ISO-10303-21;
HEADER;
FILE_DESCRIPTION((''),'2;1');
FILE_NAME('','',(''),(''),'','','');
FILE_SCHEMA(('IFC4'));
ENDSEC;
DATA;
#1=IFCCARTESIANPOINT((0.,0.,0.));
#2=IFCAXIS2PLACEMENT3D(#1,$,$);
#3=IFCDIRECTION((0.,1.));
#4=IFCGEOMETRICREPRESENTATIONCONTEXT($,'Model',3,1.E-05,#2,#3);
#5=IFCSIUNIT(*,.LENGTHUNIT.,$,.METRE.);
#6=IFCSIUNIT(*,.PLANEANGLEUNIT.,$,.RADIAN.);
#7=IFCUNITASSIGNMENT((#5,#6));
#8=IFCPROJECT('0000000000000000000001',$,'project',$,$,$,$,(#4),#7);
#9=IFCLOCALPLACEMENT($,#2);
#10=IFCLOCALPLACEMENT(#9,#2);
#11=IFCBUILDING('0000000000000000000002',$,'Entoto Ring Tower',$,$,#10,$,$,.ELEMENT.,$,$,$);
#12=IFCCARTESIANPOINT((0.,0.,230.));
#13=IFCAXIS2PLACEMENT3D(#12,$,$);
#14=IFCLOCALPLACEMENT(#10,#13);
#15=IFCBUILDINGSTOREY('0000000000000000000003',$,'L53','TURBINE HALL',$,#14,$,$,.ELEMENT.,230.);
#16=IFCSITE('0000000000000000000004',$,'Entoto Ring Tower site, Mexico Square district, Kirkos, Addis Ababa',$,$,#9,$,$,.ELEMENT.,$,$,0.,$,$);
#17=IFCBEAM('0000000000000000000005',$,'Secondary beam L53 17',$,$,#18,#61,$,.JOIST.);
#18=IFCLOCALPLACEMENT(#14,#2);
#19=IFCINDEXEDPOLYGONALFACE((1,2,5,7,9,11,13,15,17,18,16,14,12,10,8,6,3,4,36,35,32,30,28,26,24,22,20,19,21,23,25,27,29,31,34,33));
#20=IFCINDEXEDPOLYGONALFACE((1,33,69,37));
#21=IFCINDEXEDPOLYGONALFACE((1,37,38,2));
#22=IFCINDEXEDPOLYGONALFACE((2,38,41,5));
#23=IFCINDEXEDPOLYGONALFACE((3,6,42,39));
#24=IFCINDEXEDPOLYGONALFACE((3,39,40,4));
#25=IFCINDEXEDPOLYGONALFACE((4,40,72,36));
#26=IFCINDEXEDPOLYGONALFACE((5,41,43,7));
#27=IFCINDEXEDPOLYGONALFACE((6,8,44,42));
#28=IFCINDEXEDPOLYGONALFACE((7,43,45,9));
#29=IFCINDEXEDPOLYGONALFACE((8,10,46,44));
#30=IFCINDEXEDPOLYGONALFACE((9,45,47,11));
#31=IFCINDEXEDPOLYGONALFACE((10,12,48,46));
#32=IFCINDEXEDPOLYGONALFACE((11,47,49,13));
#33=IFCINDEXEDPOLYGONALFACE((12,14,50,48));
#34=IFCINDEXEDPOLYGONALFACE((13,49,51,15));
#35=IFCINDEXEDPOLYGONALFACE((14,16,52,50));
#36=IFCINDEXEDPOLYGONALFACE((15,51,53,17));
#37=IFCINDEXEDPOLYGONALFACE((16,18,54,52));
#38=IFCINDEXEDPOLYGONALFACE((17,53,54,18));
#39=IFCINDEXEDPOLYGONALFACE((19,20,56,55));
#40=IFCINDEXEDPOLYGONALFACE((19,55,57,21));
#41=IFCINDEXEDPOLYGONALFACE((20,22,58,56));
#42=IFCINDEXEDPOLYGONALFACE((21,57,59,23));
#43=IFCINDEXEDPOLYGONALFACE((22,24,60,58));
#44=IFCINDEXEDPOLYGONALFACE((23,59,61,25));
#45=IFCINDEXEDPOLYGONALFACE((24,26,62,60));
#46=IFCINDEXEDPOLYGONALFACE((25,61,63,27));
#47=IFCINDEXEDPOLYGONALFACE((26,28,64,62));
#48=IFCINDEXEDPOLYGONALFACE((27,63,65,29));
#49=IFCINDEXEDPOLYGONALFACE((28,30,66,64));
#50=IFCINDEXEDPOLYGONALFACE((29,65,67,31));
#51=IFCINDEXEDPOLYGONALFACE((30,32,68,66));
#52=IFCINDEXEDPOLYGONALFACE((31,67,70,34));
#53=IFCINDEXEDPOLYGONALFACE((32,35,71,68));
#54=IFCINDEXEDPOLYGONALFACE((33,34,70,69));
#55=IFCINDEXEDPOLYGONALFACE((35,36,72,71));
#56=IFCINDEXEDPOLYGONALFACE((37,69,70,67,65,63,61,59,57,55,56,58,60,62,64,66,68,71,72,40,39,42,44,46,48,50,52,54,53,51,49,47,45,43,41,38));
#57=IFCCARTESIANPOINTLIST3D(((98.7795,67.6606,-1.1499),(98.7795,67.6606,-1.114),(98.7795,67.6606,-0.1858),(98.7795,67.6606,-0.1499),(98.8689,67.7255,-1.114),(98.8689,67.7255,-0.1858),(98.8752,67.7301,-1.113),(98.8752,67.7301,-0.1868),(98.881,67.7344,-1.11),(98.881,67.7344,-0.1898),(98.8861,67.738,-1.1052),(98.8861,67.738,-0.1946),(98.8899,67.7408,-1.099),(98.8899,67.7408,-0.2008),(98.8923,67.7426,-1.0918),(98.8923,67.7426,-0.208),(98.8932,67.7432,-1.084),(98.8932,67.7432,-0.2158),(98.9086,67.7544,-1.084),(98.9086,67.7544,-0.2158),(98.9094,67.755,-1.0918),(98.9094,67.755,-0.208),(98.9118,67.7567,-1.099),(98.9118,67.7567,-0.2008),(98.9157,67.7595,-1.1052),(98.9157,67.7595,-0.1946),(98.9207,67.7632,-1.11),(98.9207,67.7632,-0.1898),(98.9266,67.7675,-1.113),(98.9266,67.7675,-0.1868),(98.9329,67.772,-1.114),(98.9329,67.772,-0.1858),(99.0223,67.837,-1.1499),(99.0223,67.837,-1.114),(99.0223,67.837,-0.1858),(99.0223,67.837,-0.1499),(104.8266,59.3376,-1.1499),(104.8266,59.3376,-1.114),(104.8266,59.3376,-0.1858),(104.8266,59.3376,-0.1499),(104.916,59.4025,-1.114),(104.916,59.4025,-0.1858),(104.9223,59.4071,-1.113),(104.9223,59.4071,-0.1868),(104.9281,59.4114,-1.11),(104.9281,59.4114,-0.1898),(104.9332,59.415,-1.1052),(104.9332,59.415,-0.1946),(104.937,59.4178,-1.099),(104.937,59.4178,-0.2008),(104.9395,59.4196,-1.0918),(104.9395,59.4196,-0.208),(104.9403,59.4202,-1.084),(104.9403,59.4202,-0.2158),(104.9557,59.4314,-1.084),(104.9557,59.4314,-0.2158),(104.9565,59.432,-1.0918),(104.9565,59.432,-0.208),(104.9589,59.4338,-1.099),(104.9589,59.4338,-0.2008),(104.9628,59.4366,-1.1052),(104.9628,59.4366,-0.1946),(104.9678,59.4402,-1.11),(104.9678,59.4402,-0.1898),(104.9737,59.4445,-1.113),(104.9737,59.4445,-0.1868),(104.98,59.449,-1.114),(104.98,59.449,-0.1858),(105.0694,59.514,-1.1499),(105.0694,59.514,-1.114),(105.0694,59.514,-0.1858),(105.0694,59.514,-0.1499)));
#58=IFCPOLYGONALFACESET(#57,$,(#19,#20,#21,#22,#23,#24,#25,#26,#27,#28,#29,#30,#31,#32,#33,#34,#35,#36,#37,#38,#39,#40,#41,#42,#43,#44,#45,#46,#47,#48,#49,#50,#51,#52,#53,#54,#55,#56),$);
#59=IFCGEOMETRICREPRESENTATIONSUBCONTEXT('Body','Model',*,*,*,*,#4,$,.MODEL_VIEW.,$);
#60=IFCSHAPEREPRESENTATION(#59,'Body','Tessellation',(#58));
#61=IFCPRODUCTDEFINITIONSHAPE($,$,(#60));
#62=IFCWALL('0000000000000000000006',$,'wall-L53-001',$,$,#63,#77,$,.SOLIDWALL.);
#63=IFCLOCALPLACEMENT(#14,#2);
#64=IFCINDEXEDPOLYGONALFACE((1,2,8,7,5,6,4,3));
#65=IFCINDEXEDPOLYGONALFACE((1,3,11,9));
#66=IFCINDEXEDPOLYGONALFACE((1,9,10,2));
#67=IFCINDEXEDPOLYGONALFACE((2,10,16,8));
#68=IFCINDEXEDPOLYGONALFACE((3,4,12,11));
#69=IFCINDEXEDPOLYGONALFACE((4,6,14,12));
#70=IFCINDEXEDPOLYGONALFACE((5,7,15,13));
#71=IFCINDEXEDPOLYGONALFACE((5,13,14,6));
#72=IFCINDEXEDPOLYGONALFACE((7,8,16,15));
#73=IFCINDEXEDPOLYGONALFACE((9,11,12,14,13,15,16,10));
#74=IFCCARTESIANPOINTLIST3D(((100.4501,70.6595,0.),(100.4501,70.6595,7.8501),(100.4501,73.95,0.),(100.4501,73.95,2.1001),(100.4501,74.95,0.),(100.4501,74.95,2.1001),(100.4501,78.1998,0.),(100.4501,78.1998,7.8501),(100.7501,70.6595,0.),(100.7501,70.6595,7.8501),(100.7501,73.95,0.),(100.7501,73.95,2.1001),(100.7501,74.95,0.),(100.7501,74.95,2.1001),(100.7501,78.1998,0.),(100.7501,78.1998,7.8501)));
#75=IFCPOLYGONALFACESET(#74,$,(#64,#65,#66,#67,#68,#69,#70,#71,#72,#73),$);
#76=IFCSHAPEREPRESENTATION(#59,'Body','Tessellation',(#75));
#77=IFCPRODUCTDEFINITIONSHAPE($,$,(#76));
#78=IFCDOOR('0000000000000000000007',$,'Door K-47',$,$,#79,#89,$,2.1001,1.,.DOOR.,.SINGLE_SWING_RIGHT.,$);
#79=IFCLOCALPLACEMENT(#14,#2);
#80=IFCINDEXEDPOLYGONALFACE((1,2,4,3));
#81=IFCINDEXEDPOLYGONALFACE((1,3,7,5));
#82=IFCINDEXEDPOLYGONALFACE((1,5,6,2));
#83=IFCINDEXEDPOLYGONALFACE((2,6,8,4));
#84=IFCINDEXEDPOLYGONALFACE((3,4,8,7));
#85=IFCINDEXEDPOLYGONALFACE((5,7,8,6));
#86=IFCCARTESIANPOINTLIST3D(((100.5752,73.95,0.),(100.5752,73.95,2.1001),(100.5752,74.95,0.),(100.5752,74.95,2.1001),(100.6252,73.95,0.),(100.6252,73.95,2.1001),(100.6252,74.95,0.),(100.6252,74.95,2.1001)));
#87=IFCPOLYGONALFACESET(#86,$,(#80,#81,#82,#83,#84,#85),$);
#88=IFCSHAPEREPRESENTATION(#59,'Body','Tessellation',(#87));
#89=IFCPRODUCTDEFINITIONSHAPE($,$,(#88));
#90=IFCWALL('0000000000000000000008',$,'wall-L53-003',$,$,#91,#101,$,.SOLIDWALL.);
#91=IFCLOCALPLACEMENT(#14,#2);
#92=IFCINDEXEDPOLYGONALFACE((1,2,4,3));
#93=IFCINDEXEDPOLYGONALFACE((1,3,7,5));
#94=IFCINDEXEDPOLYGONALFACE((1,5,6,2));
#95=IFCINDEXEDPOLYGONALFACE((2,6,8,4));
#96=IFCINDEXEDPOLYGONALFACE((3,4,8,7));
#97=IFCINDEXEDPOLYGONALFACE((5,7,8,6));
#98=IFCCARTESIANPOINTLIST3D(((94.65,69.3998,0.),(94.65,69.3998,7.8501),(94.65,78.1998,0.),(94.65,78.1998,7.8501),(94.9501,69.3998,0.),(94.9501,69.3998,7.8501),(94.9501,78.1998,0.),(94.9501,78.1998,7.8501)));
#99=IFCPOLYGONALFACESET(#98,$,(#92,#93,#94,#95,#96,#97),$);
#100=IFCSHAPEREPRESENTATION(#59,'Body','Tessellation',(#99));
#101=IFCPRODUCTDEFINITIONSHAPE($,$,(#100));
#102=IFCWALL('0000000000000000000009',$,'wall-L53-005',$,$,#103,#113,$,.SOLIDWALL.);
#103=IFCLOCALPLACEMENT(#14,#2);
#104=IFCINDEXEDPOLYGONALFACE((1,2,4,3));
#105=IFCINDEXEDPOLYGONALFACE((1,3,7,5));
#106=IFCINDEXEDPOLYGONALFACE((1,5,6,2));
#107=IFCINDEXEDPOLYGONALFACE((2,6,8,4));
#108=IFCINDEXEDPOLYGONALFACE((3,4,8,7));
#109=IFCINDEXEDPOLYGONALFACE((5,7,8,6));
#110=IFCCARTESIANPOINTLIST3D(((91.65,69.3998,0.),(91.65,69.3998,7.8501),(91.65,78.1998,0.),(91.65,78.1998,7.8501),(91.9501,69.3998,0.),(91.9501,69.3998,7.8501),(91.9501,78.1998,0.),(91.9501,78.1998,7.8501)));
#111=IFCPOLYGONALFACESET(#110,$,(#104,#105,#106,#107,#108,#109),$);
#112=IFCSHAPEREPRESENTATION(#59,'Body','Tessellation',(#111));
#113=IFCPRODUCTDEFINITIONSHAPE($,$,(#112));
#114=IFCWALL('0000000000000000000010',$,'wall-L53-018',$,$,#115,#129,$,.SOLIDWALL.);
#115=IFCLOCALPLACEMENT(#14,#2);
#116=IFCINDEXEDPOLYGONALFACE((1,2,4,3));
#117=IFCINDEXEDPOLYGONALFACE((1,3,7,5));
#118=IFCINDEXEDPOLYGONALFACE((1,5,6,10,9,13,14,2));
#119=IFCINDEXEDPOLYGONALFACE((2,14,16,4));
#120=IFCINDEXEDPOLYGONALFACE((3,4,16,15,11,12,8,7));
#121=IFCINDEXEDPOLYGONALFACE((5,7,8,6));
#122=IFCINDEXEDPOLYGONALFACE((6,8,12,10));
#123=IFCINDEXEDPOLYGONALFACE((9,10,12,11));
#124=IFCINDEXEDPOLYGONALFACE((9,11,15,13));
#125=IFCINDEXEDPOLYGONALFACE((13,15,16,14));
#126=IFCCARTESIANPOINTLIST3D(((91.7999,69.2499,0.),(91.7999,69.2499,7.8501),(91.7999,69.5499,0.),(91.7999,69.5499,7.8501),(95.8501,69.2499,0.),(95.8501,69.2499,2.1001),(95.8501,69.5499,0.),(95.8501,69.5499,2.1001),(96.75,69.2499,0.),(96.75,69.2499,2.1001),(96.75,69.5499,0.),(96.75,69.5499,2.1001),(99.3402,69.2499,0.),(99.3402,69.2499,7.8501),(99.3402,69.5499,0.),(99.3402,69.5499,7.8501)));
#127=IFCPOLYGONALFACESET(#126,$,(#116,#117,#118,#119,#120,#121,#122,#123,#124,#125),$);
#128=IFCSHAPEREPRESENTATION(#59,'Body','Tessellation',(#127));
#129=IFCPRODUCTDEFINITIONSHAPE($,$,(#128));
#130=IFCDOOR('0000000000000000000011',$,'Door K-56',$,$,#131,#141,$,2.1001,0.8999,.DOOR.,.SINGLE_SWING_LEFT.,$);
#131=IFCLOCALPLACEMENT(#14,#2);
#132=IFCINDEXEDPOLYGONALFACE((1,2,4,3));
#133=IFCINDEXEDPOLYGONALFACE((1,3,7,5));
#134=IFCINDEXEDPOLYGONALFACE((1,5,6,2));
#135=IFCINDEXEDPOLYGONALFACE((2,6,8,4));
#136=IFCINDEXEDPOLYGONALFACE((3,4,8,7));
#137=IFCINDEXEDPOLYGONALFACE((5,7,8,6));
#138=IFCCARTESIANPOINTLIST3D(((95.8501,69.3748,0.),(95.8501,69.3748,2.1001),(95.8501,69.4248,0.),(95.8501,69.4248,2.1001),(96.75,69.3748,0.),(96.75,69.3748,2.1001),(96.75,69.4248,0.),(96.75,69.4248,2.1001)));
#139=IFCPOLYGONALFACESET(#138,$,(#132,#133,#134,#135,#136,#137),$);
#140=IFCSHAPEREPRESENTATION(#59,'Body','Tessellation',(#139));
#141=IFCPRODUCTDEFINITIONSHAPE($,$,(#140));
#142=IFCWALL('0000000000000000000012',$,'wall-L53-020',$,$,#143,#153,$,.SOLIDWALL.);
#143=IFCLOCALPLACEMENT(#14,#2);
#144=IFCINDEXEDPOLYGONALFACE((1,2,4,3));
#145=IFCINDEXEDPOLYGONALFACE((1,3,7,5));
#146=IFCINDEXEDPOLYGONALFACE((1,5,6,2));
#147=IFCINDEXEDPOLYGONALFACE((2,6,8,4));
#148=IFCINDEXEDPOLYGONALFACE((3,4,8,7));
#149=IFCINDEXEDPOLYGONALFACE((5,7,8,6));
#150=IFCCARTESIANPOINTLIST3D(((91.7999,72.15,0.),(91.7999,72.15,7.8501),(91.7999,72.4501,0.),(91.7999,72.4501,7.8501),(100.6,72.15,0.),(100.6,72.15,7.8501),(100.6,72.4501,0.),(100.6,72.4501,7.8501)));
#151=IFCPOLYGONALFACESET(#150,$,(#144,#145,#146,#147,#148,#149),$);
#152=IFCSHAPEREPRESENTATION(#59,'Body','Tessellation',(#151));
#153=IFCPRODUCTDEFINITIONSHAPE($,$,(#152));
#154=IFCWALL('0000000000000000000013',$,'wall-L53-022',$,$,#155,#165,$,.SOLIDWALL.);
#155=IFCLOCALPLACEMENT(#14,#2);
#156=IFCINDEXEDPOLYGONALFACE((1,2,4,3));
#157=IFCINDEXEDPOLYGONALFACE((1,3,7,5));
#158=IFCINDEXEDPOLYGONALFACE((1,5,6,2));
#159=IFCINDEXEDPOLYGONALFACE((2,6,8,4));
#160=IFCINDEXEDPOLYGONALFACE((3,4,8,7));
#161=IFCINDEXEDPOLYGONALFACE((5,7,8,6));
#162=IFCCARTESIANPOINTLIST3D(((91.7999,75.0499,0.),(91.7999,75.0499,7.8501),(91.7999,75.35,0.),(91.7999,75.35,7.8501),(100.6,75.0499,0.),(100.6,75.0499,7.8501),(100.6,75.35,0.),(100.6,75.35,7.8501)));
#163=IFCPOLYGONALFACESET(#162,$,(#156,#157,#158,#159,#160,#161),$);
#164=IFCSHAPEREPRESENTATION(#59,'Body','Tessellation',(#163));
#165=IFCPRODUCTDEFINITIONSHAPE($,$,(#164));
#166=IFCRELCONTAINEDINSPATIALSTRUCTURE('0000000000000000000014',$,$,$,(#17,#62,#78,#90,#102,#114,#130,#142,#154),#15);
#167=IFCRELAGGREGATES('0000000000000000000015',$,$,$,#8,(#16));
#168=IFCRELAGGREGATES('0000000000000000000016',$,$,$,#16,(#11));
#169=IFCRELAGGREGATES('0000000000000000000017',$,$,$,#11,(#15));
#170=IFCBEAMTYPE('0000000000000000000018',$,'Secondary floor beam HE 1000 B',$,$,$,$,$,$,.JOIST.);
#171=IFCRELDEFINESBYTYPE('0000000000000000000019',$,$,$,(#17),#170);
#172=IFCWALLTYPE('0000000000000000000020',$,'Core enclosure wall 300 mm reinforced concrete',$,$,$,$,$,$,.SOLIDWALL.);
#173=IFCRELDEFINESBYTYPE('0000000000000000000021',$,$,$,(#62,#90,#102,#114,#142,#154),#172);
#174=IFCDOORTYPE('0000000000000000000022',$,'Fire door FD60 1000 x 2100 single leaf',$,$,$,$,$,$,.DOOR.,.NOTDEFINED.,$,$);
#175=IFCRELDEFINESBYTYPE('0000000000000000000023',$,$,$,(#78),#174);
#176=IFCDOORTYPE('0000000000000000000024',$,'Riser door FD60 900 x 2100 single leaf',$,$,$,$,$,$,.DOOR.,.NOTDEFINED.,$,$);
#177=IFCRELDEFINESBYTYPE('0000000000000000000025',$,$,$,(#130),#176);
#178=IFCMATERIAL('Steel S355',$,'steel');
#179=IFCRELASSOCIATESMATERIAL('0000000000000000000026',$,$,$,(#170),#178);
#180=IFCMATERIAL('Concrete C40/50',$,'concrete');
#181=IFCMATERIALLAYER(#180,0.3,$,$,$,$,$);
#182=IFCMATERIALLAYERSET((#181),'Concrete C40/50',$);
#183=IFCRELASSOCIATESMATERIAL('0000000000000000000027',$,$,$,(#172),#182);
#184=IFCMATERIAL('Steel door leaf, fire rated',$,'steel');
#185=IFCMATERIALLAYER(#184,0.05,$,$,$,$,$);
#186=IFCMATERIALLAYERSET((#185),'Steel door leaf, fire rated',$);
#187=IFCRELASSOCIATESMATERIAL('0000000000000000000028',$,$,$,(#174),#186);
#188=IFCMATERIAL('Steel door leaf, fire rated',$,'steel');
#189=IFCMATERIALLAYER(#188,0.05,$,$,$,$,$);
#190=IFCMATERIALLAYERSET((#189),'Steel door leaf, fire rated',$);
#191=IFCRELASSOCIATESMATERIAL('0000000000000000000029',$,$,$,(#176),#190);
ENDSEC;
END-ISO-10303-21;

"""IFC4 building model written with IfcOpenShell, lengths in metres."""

from ifc_helpers import new_model, si_unit, direction, frame, frame_2d, origin, origin_2d, place, context, subcontext, project, spatial, rectangle, i_section, extrude, material, layer, layer_set, material_profile, profile_set, type_object, element, fill, save


model = new_model("IFC4")

# Units and contexts
model_context = context("Model", 3, precision=1e-05, world=origin(), true_north=direction((0.0, 1.0)))
body_context = subcontext(model_context, "Body", "Model", "MODEL_VIEW")
ifc_project = project(units=[si_unit("LENGTHUNIT", "METRE"), si_unit("PLANEANGLEUNIT", "RADIAN")], contexts=[model_context])

# Site, building, storey
site_placement = place(None, origin())
site = spatial("IfcSite", under=ifc_project, at=site_placement, Name="Entoto Ring Tower site, Mexico Square district, Kirkos, Addis Ababa", CompositionType="ELEMENT", RefElevation=0.0)
building_placement = place(site_placement, origin())
building = spatial("IfcBuilding", under=site, at=building_placement, Name="Entoto Ring Tower", CompositionType="ELEMENT")
storey_placement = place(building_placement, frame((0.0, 0.0, 230.0)))
storey = spatial("IfcBuildingStorey", under=building, at=storey_placement, Name="L53", Description="TURBINE HALL", CompositionType="ELEMENT", Elevation=230.0)

# Beam
ifc_material_1 = material(Name="Steel S355", Category="steel")
ifc_material_profile_1 = material_profile(ifc_material_1, i_section(OverallWidth=0.3, OverallDepth=1.0, WebThickness=0.019, FlangeThickness=0.0359, FilletRadius=0.03, at=origin_2d()), Name="HE 1000 B")
ifc_profile_set_1 = profile_set([ifc_material_profile_1], Name="Steel S355")
beam_type_1 = type_object("IfcBeamType", Name="Secondary floor beam HE 1000 B", PredefinedType="JOIST", material=ifc_profile_set_1)
beam_1_placement = place(storey_placement, frame((98.9009, 67.7488, -0.6499), z_axis=(0.587792, -0.809012, 0.0), x_axis=(0.809012, 0.587792, 0.0)))
element("IfcBeam", 1, at=beam_1_placement, inside=storey, type_object=beam_type_1, Name="Secondary beam L53 17", PredefinedType="JOIST", context=body_context, shape_type="SweptSolid", body=[
    extrude(i_section(OverallWidth=0.3, OverallDepth=1.0, WebThickness=0.019, FlangeThickness=0.0359, FilletRadius=0.03, at=origin_2d()), origin(), (0.0, 0.0, 1.0), 10.2878),
])

# Wall, opening, door
ifc_material_2 = material(Name="Concrete C40/50", Category="concrete")
ifc_layer_1 = layer(ifc_material_2, 0.3)
ifc_layer_set_1 = layer_set([ifc_layer_1], Name="Concrete C40/50")
wall_type_1 = type_object("IfcWallType", Name="Core enclosure wall 300 mm reinforced concrete", PredefinedType="SOLIDWALL", material=ifc_layer_set_1)
wall_1_placement = place(storey_placement, frame((100.6001, 70.6597, 0.0), z_axis=(0.0, 0.0, 1.0), x_axis=(0.0, 1.0, 0.0)))
wall_1 = element("IfcWall", 2, at=wall_1_placement, inside=storey, type_object=wall_type_1, Name="wall-L53-001", PredefinedType="SOLIDWALL", context=body_context, shape_type="SweptSolid", body=[
    extrude(rectangle(XDim=7.5403, YDim=0.3, at=frame_2d((3.77, 0.0))), origin(), (0.0, 0.0, 1.0), 7.8501),
])
opening_1_placement = place(wall_1_placement, frame((3.2903, 0.0, 0.0)))
opening_1 = element("IfcOpeningElement", 3, at=opening_1_placement, cuts=wall_1, PredefinedType="OPENING", context=body_context, shape_type="SweptSolid", body=[
    extrude(rectangle(XDim=1.0, YDim=2.1001, at=frame_2d((0.5, 1.05))), frame((0.0, 0.1602, 0.0), z_axis=(0.0, -1.0, 0.0), x_axis=(1.0, 0.0, 0.0)), (0.0, 0.0, 1.0), 0.3201),
])
ifc_material_3 = material(Name="Steel door leaf, fire rated", Category="steel")
ifc_layer_2 = layer(ifc_material_3, 0.05)
ifc_layer_set_2 = layer_set([ifc_layer_2], Name="Steel door leaf, fire rated")
door_type_1 = type_object("IfcDoorType", Name="Fire door FD60 1000 x 2100 single leaf", OperationType="NOTDEFINED", PredefinedType="DOOR", material=ifc_layer_set_2)
door_1_placement = place(opening_1_placement, origin())
door_1 = element("IfcDoor", 4, at=door_1_placement, inside=storey, type_object=door_type_1, Name="Door K-47", OperationType="SINGLE_SWING_RIGHT", OverallHeight=2.1001, OverallWidth=1.0, PredefinedType="DOOR", context=body_context, shape_type="SweptSolid", body=[
    extrude(rectangle(XDim=1.0, YDim=2.1001, at=frame_2d((0.5, 1.05))), frame((0.0, 0.0249, 0.0), z_axis=(0.0, -1.0, 0.0), x_axis=(1.0, 0.0, 0.0)), (0.0, 0.0, 1.0), 0.05),
])
fill(opening_1, door_1)

# Walls
for number, where, z_axis, x_axis, name in (
    (5, (94.8, 69.3999, 0.0), (0.0, 0.0, 1.0), (0.0, 1.0, 0.0), "wall-L53-003"),
    (6, (91.8, 69.3999, 0.0), (0.0, 0.0, 1.0), (0.0, 1.0, 0.0), "wall-L53-005"),
):
    element("IfcWall", number, at=place(storey_placement, frame(where, z_axis=z_axis, x_axis=x_axis)), inside=storey, type_object=wall_type_1, Name=name, PredefinedType="SOLIDWALL", context=body_context, shape_type="SweptSolid", body=[
        extrude(rectangle(XDim=8.8, YDim=0.3, at=frame_2d((4.3999, 0.0))), origin(), (0.0, 0.0, 1.0), 7.8501),
    ])

# Wall, opening, door
wall_2_placement = place(storey_placement, frame((91.8, 69.3999, 0.0), z_axis=(0.0, 0.0, 1.0), x_axis=(1.0, 0.0, 0.0)))
wall_2 = element("IfcWall", 7, at=wall_2_placement, inside=storey, type_object=wall_type_1, Name="wall-L53-018", PredefinedType="SOLIDWALL", context=body_context, shape_type="SweptSolid", body=[
    extrude(rectangle(XDim=7.5403, YDim=0.3, at=frame_2d((3.77, 0.0))), origin(), (0.0, 0.0, 1.0), 7.8501),
])
opening_2_placement = place(wall_2_placement, frame((4.05, 0.0, 0.0)))
opening_2 = element("IfcOpeningElement", 8, at=opening_2_placement, cuts=wall_2, PredefinedType="OPENING", context=body_context, shape_type="SweptSolid", body=[
    extrude(rectangle(XDim=0.8999, YDim=2.1001, at=frame_2d((0.45, 1.05))), frame((0.0, 0.1602, 0.0), z_axis=(0.0, -1.0, 0.0), x_axis=(1.0, 0.0, 0.0)), (0.0, 0.0, 1.0), 0.3201),
])
ifc_material_4 = material(Name="Steel door leaf, fire rated", Category="steel")
ifc_layer_3 = layer(ifc_material_4, 0.05)
ifc_layer_set_3 = layer_set([ifc_layer_3], Name="Steel door leaf, fire rated")
door_type_2 = type_object("IfcDoorType", Name="Riser door FD60 900 x 2100 single leaf", OperationType="NOTDEFINED", PredefinedType="DOOR", material=ifc_layer_set_3)
door_2_placement = place(opening_2_placement, origin())
door_2 = element("IfcDoor", 9, at=door_2_placement, inside=storey, type_object=door_type_2, Name="Door K-56", OperationType="SINGLE_SWING_LEFT", OverallHeight=2.1001, OverallWidth=0.8999, PredefinedType="DOOR", context=body_context, shape_type="SweptSolid", body=[
    extrude(rectangle(XDim=0.8999, YDim=2.1001, at=frame_2d((0.45, 1.05))), frame((0.0, 0.0249, 0.0), z_axis=(0.0, -1.0, 0.0), x_axis=(1.0, 0.0, 0.0)), (0.0, 0.0, 1.0), 0.05),
])
fill(opening_2, door_2)

# Walls
for number, where, z_axis, x_axis, name in (
    (10, (91.8, 72.3, 0.0), (0.0, 0.0, 1.0), (1.0, 0.0, 0.0), "wall-L53-020"),
    (11, (91.8, 75.2, 0.0), (0.0, 0.0, 1.0), (1.0, 0.0, 0.0), "wall-L53-022"),
):
    element("IfcWall", number, at=place(storey_placement, frame(where, z_axis=z_axis, x_axis=x_axis)), inside=storey, type_object=wall_type_1, Name=name, PredefinedType="SOLIDWALL", context=body_context, shape_type="SweptSolid", body=[
        extrude(rectangle(XDim=8.8, YDim=0.3, at=frame_2d((4.3999, 0.0))), origin(), (0.0, 0.0, 1.0), 7.8501),
    ])

save(model, "model.ifc")
